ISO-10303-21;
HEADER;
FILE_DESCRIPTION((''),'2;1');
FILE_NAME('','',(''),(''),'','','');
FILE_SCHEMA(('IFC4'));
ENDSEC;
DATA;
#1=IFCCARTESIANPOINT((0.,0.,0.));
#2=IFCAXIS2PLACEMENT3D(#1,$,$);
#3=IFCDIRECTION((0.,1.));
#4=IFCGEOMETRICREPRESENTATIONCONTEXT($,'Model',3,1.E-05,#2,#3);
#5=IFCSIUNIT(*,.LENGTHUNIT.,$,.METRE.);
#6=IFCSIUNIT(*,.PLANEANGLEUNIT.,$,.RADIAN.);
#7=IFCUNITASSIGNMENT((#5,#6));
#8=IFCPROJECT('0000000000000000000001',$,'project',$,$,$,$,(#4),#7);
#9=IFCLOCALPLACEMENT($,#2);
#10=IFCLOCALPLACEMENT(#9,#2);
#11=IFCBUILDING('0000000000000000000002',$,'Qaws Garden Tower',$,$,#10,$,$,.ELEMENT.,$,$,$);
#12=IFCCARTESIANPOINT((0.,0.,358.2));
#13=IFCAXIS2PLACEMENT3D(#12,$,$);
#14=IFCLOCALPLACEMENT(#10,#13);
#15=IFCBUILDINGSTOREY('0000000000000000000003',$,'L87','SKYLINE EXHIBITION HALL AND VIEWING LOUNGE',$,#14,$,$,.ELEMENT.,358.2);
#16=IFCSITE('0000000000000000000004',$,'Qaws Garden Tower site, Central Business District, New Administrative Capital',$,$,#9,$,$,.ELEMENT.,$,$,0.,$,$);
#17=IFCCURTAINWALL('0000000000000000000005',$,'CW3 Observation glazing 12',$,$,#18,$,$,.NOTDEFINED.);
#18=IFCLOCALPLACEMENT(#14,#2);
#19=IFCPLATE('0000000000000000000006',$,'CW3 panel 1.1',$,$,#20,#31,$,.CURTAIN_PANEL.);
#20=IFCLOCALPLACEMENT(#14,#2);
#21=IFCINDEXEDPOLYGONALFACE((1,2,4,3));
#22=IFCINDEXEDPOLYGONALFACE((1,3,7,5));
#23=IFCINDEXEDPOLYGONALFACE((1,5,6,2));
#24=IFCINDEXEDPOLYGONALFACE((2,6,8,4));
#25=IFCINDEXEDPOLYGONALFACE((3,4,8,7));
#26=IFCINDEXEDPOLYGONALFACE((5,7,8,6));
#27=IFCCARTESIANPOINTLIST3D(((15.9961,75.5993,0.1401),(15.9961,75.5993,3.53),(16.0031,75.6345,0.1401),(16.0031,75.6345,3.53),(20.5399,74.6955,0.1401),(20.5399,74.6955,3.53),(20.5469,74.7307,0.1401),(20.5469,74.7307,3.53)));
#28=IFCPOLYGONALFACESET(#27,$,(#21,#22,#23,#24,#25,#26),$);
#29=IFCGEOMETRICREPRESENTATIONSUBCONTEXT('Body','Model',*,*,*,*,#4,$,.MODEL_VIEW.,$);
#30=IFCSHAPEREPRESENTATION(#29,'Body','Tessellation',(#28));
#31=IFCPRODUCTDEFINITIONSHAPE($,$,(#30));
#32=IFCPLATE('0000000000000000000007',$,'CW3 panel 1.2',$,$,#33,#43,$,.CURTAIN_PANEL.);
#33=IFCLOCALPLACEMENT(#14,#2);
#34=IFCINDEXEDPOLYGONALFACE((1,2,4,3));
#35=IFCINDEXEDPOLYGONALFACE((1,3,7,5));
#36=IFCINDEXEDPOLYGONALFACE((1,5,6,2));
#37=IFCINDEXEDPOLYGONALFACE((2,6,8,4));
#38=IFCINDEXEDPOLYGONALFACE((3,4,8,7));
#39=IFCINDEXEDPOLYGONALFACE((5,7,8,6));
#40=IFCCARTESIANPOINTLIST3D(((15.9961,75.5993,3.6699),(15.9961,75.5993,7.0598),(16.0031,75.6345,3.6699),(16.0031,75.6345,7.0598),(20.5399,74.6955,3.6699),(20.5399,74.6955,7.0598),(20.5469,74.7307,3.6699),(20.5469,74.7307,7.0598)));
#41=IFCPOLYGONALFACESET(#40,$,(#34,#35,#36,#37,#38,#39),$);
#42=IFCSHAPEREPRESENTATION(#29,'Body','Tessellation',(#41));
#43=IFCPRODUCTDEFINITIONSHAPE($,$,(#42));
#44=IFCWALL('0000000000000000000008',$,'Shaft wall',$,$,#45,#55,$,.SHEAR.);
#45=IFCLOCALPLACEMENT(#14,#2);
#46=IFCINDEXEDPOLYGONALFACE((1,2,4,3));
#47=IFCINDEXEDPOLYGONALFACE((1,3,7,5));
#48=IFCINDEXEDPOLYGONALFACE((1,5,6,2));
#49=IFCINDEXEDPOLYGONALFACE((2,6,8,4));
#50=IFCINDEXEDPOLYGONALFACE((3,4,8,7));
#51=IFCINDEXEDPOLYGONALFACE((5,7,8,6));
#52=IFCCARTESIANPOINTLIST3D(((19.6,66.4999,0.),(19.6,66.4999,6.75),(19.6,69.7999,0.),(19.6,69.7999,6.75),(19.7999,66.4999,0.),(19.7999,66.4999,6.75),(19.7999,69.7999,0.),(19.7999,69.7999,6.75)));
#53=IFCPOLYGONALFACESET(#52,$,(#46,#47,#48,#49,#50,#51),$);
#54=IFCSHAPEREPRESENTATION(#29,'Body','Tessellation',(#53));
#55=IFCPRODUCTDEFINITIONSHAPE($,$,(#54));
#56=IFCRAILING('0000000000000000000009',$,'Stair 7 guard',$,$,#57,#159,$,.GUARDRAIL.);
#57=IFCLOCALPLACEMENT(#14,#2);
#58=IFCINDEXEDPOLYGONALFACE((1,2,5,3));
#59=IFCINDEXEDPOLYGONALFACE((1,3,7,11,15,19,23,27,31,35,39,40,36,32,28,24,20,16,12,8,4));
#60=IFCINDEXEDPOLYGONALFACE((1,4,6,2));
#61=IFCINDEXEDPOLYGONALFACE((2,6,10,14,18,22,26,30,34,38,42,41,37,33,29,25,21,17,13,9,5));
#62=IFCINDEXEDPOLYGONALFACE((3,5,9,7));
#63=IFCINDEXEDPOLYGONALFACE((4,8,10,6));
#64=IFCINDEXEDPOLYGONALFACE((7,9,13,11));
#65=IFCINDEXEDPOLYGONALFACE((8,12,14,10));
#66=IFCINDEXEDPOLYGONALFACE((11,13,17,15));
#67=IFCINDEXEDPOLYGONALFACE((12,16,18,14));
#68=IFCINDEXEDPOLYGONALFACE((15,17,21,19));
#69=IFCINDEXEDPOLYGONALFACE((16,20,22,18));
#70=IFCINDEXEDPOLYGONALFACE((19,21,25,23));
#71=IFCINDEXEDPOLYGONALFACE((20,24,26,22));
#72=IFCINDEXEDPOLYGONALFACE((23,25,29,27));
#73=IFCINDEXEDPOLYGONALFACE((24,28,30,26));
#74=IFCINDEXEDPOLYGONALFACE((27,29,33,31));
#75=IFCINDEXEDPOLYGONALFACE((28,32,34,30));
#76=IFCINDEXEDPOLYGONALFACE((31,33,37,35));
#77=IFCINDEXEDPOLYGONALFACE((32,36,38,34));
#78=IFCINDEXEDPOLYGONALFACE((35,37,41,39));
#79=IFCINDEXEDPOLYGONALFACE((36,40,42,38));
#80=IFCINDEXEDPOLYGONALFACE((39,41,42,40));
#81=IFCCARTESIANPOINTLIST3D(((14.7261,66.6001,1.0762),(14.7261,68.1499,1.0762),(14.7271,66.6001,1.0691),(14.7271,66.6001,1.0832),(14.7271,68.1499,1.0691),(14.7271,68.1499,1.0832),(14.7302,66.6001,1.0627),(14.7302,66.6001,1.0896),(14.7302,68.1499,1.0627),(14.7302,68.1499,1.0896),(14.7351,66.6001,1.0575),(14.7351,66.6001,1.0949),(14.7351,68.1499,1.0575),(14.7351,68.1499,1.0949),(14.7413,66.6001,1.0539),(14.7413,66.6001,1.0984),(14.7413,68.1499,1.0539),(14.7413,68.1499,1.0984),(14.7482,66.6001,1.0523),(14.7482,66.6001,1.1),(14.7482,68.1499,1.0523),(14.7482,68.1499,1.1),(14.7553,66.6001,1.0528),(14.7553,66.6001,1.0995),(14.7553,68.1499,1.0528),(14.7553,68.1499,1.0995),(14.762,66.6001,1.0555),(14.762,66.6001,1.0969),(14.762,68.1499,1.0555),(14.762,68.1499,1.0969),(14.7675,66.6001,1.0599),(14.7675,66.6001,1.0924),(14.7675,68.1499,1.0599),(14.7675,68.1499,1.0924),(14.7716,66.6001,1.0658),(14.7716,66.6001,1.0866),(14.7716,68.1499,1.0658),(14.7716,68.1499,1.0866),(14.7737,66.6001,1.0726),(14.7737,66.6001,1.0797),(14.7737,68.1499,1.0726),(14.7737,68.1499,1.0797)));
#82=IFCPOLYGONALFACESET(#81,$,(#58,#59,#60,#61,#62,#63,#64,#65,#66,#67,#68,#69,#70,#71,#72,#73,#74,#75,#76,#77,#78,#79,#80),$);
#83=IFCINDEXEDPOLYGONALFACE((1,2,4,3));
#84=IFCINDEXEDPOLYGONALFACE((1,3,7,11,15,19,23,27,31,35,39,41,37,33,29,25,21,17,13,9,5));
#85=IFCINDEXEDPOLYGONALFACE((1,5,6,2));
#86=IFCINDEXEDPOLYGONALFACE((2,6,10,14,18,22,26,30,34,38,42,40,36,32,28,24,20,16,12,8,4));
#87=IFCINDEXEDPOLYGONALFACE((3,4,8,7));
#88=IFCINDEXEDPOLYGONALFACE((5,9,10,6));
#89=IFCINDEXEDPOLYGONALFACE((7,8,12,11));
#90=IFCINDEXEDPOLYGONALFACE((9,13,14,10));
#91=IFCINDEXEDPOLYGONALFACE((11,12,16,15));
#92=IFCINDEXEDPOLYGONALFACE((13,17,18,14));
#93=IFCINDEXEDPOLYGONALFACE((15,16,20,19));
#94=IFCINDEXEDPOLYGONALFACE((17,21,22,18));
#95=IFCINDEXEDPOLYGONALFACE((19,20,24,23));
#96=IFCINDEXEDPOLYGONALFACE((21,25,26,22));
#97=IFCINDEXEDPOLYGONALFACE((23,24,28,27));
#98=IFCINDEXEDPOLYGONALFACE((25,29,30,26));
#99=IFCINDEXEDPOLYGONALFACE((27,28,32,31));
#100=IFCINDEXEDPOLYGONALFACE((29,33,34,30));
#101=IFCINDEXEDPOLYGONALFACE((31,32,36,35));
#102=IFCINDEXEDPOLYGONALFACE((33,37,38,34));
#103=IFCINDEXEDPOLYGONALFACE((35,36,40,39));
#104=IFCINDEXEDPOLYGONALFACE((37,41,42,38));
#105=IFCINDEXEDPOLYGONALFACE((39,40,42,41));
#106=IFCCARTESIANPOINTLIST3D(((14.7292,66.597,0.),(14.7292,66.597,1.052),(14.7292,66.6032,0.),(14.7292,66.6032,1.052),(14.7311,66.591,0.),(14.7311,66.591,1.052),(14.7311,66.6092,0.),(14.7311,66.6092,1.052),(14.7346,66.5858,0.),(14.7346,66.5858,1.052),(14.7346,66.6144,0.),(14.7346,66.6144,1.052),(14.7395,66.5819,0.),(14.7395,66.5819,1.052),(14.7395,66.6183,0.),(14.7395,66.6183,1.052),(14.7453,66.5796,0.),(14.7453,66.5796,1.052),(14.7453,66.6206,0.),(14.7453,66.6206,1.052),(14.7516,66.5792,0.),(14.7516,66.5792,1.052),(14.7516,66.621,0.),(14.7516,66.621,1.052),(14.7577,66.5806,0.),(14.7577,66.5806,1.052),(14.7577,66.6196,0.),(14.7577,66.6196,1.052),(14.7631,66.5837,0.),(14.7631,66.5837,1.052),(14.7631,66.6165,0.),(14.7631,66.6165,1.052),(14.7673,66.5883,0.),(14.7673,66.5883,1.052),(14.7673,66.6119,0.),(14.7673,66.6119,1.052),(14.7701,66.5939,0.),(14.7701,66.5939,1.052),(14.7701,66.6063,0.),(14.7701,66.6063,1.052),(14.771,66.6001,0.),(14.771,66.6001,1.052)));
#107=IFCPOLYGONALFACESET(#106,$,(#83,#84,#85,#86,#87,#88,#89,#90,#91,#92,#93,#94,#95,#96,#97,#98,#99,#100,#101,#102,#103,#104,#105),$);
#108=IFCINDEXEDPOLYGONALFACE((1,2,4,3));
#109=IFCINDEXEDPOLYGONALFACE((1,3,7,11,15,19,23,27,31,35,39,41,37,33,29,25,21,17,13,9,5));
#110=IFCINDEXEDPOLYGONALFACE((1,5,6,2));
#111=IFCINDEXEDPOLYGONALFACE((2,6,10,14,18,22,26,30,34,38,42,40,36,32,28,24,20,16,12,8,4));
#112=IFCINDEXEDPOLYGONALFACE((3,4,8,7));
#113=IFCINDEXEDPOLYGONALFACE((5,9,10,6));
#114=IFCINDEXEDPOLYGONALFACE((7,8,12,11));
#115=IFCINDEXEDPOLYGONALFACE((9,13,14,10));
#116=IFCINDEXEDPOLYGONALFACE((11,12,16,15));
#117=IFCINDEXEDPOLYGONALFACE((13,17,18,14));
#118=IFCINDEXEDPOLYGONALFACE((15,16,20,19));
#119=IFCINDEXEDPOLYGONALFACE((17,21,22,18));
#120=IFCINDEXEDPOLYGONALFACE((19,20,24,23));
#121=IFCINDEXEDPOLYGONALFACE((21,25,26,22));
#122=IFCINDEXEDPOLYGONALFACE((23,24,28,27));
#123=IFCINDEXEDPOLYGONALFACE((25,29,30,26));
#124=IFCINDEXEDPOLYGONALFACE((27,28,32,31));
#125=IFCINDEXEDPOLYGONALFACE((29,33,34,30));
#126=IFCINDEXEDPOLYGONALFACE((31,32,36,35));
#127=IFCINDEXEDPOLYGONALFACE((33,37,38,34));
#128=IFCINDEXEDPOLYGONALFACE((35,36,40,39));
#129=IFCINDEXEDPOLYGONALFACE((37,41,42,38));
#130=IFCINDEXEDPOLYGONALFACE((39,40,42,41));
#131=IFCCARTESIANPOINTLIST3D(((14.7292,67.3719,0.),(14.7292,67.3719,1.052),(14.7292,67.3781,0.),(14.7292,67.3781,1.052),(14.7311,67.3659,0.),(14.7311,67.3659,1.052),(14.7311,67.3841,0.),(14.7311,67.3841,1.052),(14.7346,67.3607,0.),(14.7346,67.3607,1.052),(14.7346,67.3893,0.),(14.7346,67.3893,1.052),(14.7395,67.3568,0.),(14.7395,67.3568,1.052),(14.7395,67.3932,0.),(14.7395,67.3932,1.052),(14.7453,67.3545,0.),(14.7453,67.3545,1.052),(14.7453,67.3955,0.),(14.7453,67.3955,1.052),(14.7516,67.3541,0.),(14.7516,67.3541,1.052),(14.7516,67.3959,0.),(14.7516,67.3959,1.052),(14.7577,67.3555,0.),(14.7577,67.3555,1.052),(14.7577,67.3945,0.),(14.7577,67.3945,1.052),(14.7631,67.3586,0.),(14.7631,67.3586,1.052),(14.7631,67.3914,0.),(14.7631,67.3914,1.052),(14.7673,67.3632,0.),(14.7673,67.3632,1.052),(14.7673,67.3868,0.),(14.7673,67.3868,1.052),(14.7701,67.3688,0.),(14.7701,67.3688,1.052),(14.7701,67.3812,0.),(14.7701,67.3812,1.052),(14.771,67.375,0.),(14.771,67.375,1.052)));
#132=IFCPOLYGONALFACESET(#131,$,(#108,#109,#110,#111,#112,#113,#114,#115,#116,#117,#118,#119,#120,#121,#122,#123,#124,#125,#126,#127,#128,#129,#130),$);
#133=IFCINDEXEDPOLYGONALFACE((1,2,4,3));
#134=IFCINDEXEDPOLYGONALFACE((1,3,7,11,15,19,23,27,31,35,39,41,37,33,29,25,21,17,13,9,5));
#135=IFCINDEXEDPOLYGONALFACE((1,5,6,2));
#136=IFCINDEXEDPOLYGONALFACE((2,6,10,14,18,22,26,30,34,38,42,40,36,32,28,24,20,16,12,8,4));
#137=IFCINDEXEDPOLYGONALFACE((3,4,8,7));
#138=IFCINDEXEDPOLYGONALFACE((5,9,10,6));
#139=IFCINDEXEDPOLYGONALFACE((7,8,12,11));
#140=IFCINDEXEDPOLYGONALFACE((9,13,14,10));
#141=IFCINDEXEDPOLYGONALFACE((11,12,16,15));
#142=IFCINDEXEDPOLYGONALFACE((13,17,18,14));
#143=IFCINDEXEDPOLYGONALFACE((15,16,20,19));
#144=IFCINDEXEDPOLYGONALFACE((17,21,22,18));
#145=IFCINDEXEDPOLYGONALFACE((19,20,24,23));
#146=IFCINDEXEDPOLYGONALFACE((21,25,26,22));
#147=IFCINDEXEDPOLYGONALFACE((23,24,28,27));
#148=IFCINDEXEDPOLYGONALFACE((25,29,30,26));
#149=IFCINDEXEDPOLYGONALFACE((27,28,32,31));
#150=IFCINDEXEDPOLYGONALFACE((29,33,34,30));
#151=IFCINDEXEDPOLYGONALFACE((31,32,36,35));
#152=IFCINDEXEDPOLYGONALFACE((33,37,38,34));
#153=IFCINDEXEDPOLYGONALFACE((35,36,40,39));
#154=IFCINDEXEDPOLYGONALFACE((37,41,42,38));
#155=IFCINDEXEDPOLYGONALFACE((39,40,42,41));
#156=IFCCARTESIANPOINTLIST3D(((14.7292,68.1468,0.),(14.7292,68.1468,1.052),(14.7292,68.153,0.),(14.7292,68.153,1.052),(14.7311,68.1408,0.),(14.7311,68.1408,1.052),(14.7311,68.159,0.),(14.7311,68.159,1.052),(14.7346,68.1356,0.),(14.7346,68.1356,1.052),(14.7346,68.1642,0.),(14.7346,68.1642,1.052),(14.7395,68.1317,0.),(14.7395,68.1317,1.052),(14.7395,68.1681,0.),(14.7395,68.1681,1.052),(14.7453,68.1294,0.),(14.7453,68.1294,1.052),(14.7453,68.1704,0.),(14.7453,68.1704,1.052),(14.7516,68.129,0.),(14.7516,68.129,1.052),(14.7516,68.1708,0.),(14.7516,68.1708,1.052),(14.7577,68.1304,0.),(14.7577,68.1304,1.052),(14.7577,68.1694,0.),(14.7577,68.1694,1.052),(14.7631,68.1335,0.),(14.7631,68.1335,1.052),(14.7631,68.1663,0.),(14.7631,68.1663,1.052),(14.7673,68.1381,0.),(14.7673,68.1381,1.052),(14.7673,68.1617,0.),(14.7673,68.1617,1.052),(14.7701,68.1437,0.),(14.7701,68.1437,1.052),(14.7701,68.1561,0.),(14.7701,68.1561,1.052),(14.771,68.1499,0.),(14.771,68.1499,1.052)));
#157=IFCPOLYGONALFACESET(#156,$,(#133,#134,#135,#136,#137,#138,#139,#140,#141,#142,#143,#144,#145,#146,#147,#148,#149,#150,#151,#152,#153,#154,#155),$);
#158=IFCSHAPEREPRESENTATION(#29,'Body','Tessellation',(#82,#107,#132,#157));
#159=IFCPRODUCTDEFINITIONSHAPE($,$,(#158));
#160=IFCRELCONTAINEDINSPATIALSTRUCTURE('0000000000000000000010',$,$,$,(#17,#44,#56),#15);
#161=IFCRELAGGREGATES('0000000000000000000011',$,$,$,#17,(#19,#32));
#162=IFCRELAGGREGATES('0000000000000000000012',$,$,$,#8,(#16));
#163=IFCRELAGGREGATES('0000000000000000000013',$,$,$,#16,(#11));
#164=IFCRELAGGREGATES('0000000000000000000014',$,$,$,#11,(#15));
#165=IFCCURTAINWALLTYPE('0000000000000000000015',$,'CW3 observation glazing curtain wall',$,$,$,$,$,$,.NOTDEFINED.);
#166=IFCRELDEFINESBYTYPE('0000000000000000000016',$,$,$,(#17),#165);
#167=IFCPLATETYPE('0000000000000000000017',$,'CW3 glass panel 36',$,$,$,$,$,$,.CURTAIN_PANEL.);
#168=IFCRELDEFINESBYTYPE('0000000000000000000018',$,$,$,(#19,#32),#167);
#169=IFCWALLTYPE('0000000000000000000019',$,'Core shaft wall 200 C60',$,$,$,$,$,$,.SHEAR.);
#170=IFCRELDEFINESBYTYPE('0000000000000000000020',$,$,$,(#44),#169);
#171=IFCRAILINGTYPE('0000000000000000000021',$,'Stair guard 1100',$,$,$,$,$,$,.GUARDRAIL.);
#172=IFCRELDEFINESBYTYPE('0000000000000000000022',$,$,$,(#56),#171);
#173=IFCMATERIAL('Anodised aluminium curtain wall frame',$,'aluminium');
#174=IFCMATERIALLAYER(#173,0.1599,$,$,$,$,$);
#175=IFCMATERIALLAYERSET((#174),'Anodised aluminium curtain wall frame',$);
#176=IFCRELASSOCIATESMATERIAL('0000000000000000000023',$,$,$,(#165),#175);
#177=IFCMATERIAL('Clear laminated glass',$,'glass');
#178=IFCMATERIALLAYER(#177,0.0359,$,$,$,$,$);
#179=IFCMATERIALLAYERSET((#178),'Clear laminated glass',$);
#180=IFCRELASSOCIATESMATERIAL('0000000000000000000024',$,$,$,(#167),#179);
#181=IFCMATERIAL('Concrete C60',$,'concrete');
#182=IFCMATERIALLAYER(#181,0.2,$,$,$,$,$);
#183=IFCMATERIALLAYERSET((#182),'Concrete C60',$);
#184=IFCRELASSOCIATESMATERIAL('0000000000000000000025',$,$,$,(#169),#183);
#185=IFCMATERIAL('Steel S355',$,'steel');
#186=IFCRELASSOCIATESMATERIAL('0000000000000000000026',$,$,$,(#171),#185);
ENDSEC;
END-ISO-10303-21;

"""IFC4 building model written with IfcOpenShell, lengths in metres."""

from ifc_helpers import new_model, si_unit, direction, frame, frame_2d, origin, origin_2d, place, context, subcontext, project, spatial, rectangle, circle, extrude, material, layer, layer_set, type_object, element, aggregate, save


model = new_model("IFC4")

# Units and contexts
model_context = context("Model", 3, precision=1e-05, world=origin(), true_north=direction((0.0, 1.0)))
body_context = subcontext(model_context, "Body", "Model", "MODEL_VIEW")
ifc_project = project(units=[si_unit("LENGTHUNIT", "METRE"), si_unit("PLANEANGLEUNIT", "RADIAN")], contexts=[model_context])

# Site, building, storey
site_placement = place(None, origin())
site = spatial("IfcSite", under=ifc_project, at=site_placement, Name="Qaws Garden Tower site, Central Business District, New Administrative Capital", CompositionType="ELEMENT", RefElevation=0.0)
building_placement = place(site_placement, origin())
building = spatial("IfcBuilding", under=site, at=building_placement, Name="Qaws Garden Tower", CompositionType="ELEMENT")
storey_placement = place(building_placement, frame((0.0, 0.0, 358.2)))
storey = spatial("IfcBuildingStorey", under=building, at=storey_placement, Name="L87", Description="SKYLINE EXHIBITION HALL AND VIEWING LOUNGE", CompositionType="ELEMENT", Elevation=358.2)

# Shared definitions
ifc_material_1 = material(Name="Anodised aluminium curtain wall frame", Category="aluminium")
ifc_layer_1 = layer(ifc_material_1, 0.1599)
ifc_layer_set_1 = layer_set([ifc_layer_1], Name="Anodised aluminium curtain wall frame")
curtain_wall_type = type_object("IfcCurtainWallType", Name="CW3 observation glazing curtain wall", PredefinedType="NOTDEFINED", material=ifc_layer_set_1)
placement = place(storey_placement, origin())

# Curtain wall
curtain_wall_1 = element("IfcCurtainWall", 1, at=placement, inside=storey, type_object=curtain_wall_type, Name="CW3 Observation glazing 12", PredefinedType="NOTDEFINED")

# Plates
ifc_material_2 = material(Name="Clear laminated glass", Category="glass")
ifc_layer_2 = layer(ifc_material_2, 0.0359)
ifc_layer_set_2 = layer_set([ifc_layer_2], Name="Clear laminated glass")
plate_type = type_object("IfcPlateType", Name="CW3 glass panel 36", PredefinedType="CURTAIN_PANEL", material=ifc_layer_set_2)
plate_1_placement = place(storey_placement, frame((18.2715, 75.165, 0.1401), z_axis=(0.0, 0.0, 1.0), x_axis=(-0.980785, 0.19509, 0.0)))
plate_1 = element("IfcPlate", 2, at=plate_1_placement, type_object=plate_type, Name="CW3 panel 1.1", PredefinedType="CURTAIN_PANEL", context=body_context, shape_type="SweptSolid", body=[
    extrude(rectangle(XDim=4.6328, YDim=0.0359, at=origin_2d()), origin(), (0.0, 0.0, 1.0), 3.3899),
])
plate_2_placement = place(storey_placement, frame((18.2715, 75.165, 3.6699), z_axis=(0.0, 0.0, 1.0), x_axis=(-0.980785, 0.19509, 0.0)))
plate_2 = element("IfcPlate", 3, at=plate_2_placement, type_object=plate_type, Name="CW3 panel 1.2", PredefinedType="CURTAIN_PANEL", context=body_context, shape_type="SweptSolid", body=[
    extrude(rectangle(XDim=4.6328, YDim=0.0359, at=origin_2d()), origin(), (0.0, 0.0, 1.0), 3.3899),
])
aggregate(curtain_wall_1, [plate_1, plate_2])

# Wall
ifc_material_3 = material(Name="Concrete C60", Category="concrete")
ifc_layer_3 = layer(ifc_material_3, 0.2)
ifc_layer_set_3 = layer_set([ifc_layer_3], Name="Concrete C60")
wall_type = type_object("IfcWallType", Name="Core shaft wall 200 C60", PredefinedType="SHEAR", material=ifc_layer_set_3)
wall_placement = place(storey_placement, frame((19.7, 66.5, 0.0), z_axis=(0.0, 0.0, 1.0), x_axis=(0.0, 1.0, 0.0)))
element("IfcWall", 4, at=wall_placement, inside=storey, type_object=wall_type, Name="Shaft wall", PredefinedType="SHEAR", context=body_context, shape_type="SweptSolid", body=[
    extrude(rectangle(XDim=3.3, YDim=0.2, at=frame_2d((1.6499, 0.0))), origin(), (0.0, 0.0, 1.0), 6.75),
])

# Railing
ifc_material_4 = material(Name="Steel S355", Category="steel")
railing_type = type_object("IfcRailingType", Name="Stair guard 1100", PredefinedType="GUARDRAIL", material=ifc_material_4)
railing_placement = place(storey_placement, frame((14.75, 66.6001, 0.0)))
element("IfcRailing", 5, at=railing_placement, inside=storey, type_object=railing_type, Name="Stair 7 guard", PredefinedType="GUARDRAIL", context=body_context, shape_type="SweptSolid", body=[
    extrude(circle(Radius=0.0239, at=origin_2d()), frame((0.0, 0.0, 1.0762), z_axis=(0.0, 1.0, 0.0), x_axis=(-1.0, 0.0, 0.0)), (0.0, 0.0, 1.0), 1.5498),
    extrude(circle(Radius=0.021, at=origin_2d()), origin(), (0.0, 0.0, 1.0), 1.052),
    extrude(circle(Radius=0.021, at=origin_2d()), frame((0.0, 0.7749, 0.0)), (0.0, 0.0, 1.0), 1.052),
    extrude(circle(Radius=0.021, at=origin_2d()), frame((0.0, 1.5498, 0.0)), (0.0, 0.0, 1.0), 1.052),
])

save(model, "model.ifc")
